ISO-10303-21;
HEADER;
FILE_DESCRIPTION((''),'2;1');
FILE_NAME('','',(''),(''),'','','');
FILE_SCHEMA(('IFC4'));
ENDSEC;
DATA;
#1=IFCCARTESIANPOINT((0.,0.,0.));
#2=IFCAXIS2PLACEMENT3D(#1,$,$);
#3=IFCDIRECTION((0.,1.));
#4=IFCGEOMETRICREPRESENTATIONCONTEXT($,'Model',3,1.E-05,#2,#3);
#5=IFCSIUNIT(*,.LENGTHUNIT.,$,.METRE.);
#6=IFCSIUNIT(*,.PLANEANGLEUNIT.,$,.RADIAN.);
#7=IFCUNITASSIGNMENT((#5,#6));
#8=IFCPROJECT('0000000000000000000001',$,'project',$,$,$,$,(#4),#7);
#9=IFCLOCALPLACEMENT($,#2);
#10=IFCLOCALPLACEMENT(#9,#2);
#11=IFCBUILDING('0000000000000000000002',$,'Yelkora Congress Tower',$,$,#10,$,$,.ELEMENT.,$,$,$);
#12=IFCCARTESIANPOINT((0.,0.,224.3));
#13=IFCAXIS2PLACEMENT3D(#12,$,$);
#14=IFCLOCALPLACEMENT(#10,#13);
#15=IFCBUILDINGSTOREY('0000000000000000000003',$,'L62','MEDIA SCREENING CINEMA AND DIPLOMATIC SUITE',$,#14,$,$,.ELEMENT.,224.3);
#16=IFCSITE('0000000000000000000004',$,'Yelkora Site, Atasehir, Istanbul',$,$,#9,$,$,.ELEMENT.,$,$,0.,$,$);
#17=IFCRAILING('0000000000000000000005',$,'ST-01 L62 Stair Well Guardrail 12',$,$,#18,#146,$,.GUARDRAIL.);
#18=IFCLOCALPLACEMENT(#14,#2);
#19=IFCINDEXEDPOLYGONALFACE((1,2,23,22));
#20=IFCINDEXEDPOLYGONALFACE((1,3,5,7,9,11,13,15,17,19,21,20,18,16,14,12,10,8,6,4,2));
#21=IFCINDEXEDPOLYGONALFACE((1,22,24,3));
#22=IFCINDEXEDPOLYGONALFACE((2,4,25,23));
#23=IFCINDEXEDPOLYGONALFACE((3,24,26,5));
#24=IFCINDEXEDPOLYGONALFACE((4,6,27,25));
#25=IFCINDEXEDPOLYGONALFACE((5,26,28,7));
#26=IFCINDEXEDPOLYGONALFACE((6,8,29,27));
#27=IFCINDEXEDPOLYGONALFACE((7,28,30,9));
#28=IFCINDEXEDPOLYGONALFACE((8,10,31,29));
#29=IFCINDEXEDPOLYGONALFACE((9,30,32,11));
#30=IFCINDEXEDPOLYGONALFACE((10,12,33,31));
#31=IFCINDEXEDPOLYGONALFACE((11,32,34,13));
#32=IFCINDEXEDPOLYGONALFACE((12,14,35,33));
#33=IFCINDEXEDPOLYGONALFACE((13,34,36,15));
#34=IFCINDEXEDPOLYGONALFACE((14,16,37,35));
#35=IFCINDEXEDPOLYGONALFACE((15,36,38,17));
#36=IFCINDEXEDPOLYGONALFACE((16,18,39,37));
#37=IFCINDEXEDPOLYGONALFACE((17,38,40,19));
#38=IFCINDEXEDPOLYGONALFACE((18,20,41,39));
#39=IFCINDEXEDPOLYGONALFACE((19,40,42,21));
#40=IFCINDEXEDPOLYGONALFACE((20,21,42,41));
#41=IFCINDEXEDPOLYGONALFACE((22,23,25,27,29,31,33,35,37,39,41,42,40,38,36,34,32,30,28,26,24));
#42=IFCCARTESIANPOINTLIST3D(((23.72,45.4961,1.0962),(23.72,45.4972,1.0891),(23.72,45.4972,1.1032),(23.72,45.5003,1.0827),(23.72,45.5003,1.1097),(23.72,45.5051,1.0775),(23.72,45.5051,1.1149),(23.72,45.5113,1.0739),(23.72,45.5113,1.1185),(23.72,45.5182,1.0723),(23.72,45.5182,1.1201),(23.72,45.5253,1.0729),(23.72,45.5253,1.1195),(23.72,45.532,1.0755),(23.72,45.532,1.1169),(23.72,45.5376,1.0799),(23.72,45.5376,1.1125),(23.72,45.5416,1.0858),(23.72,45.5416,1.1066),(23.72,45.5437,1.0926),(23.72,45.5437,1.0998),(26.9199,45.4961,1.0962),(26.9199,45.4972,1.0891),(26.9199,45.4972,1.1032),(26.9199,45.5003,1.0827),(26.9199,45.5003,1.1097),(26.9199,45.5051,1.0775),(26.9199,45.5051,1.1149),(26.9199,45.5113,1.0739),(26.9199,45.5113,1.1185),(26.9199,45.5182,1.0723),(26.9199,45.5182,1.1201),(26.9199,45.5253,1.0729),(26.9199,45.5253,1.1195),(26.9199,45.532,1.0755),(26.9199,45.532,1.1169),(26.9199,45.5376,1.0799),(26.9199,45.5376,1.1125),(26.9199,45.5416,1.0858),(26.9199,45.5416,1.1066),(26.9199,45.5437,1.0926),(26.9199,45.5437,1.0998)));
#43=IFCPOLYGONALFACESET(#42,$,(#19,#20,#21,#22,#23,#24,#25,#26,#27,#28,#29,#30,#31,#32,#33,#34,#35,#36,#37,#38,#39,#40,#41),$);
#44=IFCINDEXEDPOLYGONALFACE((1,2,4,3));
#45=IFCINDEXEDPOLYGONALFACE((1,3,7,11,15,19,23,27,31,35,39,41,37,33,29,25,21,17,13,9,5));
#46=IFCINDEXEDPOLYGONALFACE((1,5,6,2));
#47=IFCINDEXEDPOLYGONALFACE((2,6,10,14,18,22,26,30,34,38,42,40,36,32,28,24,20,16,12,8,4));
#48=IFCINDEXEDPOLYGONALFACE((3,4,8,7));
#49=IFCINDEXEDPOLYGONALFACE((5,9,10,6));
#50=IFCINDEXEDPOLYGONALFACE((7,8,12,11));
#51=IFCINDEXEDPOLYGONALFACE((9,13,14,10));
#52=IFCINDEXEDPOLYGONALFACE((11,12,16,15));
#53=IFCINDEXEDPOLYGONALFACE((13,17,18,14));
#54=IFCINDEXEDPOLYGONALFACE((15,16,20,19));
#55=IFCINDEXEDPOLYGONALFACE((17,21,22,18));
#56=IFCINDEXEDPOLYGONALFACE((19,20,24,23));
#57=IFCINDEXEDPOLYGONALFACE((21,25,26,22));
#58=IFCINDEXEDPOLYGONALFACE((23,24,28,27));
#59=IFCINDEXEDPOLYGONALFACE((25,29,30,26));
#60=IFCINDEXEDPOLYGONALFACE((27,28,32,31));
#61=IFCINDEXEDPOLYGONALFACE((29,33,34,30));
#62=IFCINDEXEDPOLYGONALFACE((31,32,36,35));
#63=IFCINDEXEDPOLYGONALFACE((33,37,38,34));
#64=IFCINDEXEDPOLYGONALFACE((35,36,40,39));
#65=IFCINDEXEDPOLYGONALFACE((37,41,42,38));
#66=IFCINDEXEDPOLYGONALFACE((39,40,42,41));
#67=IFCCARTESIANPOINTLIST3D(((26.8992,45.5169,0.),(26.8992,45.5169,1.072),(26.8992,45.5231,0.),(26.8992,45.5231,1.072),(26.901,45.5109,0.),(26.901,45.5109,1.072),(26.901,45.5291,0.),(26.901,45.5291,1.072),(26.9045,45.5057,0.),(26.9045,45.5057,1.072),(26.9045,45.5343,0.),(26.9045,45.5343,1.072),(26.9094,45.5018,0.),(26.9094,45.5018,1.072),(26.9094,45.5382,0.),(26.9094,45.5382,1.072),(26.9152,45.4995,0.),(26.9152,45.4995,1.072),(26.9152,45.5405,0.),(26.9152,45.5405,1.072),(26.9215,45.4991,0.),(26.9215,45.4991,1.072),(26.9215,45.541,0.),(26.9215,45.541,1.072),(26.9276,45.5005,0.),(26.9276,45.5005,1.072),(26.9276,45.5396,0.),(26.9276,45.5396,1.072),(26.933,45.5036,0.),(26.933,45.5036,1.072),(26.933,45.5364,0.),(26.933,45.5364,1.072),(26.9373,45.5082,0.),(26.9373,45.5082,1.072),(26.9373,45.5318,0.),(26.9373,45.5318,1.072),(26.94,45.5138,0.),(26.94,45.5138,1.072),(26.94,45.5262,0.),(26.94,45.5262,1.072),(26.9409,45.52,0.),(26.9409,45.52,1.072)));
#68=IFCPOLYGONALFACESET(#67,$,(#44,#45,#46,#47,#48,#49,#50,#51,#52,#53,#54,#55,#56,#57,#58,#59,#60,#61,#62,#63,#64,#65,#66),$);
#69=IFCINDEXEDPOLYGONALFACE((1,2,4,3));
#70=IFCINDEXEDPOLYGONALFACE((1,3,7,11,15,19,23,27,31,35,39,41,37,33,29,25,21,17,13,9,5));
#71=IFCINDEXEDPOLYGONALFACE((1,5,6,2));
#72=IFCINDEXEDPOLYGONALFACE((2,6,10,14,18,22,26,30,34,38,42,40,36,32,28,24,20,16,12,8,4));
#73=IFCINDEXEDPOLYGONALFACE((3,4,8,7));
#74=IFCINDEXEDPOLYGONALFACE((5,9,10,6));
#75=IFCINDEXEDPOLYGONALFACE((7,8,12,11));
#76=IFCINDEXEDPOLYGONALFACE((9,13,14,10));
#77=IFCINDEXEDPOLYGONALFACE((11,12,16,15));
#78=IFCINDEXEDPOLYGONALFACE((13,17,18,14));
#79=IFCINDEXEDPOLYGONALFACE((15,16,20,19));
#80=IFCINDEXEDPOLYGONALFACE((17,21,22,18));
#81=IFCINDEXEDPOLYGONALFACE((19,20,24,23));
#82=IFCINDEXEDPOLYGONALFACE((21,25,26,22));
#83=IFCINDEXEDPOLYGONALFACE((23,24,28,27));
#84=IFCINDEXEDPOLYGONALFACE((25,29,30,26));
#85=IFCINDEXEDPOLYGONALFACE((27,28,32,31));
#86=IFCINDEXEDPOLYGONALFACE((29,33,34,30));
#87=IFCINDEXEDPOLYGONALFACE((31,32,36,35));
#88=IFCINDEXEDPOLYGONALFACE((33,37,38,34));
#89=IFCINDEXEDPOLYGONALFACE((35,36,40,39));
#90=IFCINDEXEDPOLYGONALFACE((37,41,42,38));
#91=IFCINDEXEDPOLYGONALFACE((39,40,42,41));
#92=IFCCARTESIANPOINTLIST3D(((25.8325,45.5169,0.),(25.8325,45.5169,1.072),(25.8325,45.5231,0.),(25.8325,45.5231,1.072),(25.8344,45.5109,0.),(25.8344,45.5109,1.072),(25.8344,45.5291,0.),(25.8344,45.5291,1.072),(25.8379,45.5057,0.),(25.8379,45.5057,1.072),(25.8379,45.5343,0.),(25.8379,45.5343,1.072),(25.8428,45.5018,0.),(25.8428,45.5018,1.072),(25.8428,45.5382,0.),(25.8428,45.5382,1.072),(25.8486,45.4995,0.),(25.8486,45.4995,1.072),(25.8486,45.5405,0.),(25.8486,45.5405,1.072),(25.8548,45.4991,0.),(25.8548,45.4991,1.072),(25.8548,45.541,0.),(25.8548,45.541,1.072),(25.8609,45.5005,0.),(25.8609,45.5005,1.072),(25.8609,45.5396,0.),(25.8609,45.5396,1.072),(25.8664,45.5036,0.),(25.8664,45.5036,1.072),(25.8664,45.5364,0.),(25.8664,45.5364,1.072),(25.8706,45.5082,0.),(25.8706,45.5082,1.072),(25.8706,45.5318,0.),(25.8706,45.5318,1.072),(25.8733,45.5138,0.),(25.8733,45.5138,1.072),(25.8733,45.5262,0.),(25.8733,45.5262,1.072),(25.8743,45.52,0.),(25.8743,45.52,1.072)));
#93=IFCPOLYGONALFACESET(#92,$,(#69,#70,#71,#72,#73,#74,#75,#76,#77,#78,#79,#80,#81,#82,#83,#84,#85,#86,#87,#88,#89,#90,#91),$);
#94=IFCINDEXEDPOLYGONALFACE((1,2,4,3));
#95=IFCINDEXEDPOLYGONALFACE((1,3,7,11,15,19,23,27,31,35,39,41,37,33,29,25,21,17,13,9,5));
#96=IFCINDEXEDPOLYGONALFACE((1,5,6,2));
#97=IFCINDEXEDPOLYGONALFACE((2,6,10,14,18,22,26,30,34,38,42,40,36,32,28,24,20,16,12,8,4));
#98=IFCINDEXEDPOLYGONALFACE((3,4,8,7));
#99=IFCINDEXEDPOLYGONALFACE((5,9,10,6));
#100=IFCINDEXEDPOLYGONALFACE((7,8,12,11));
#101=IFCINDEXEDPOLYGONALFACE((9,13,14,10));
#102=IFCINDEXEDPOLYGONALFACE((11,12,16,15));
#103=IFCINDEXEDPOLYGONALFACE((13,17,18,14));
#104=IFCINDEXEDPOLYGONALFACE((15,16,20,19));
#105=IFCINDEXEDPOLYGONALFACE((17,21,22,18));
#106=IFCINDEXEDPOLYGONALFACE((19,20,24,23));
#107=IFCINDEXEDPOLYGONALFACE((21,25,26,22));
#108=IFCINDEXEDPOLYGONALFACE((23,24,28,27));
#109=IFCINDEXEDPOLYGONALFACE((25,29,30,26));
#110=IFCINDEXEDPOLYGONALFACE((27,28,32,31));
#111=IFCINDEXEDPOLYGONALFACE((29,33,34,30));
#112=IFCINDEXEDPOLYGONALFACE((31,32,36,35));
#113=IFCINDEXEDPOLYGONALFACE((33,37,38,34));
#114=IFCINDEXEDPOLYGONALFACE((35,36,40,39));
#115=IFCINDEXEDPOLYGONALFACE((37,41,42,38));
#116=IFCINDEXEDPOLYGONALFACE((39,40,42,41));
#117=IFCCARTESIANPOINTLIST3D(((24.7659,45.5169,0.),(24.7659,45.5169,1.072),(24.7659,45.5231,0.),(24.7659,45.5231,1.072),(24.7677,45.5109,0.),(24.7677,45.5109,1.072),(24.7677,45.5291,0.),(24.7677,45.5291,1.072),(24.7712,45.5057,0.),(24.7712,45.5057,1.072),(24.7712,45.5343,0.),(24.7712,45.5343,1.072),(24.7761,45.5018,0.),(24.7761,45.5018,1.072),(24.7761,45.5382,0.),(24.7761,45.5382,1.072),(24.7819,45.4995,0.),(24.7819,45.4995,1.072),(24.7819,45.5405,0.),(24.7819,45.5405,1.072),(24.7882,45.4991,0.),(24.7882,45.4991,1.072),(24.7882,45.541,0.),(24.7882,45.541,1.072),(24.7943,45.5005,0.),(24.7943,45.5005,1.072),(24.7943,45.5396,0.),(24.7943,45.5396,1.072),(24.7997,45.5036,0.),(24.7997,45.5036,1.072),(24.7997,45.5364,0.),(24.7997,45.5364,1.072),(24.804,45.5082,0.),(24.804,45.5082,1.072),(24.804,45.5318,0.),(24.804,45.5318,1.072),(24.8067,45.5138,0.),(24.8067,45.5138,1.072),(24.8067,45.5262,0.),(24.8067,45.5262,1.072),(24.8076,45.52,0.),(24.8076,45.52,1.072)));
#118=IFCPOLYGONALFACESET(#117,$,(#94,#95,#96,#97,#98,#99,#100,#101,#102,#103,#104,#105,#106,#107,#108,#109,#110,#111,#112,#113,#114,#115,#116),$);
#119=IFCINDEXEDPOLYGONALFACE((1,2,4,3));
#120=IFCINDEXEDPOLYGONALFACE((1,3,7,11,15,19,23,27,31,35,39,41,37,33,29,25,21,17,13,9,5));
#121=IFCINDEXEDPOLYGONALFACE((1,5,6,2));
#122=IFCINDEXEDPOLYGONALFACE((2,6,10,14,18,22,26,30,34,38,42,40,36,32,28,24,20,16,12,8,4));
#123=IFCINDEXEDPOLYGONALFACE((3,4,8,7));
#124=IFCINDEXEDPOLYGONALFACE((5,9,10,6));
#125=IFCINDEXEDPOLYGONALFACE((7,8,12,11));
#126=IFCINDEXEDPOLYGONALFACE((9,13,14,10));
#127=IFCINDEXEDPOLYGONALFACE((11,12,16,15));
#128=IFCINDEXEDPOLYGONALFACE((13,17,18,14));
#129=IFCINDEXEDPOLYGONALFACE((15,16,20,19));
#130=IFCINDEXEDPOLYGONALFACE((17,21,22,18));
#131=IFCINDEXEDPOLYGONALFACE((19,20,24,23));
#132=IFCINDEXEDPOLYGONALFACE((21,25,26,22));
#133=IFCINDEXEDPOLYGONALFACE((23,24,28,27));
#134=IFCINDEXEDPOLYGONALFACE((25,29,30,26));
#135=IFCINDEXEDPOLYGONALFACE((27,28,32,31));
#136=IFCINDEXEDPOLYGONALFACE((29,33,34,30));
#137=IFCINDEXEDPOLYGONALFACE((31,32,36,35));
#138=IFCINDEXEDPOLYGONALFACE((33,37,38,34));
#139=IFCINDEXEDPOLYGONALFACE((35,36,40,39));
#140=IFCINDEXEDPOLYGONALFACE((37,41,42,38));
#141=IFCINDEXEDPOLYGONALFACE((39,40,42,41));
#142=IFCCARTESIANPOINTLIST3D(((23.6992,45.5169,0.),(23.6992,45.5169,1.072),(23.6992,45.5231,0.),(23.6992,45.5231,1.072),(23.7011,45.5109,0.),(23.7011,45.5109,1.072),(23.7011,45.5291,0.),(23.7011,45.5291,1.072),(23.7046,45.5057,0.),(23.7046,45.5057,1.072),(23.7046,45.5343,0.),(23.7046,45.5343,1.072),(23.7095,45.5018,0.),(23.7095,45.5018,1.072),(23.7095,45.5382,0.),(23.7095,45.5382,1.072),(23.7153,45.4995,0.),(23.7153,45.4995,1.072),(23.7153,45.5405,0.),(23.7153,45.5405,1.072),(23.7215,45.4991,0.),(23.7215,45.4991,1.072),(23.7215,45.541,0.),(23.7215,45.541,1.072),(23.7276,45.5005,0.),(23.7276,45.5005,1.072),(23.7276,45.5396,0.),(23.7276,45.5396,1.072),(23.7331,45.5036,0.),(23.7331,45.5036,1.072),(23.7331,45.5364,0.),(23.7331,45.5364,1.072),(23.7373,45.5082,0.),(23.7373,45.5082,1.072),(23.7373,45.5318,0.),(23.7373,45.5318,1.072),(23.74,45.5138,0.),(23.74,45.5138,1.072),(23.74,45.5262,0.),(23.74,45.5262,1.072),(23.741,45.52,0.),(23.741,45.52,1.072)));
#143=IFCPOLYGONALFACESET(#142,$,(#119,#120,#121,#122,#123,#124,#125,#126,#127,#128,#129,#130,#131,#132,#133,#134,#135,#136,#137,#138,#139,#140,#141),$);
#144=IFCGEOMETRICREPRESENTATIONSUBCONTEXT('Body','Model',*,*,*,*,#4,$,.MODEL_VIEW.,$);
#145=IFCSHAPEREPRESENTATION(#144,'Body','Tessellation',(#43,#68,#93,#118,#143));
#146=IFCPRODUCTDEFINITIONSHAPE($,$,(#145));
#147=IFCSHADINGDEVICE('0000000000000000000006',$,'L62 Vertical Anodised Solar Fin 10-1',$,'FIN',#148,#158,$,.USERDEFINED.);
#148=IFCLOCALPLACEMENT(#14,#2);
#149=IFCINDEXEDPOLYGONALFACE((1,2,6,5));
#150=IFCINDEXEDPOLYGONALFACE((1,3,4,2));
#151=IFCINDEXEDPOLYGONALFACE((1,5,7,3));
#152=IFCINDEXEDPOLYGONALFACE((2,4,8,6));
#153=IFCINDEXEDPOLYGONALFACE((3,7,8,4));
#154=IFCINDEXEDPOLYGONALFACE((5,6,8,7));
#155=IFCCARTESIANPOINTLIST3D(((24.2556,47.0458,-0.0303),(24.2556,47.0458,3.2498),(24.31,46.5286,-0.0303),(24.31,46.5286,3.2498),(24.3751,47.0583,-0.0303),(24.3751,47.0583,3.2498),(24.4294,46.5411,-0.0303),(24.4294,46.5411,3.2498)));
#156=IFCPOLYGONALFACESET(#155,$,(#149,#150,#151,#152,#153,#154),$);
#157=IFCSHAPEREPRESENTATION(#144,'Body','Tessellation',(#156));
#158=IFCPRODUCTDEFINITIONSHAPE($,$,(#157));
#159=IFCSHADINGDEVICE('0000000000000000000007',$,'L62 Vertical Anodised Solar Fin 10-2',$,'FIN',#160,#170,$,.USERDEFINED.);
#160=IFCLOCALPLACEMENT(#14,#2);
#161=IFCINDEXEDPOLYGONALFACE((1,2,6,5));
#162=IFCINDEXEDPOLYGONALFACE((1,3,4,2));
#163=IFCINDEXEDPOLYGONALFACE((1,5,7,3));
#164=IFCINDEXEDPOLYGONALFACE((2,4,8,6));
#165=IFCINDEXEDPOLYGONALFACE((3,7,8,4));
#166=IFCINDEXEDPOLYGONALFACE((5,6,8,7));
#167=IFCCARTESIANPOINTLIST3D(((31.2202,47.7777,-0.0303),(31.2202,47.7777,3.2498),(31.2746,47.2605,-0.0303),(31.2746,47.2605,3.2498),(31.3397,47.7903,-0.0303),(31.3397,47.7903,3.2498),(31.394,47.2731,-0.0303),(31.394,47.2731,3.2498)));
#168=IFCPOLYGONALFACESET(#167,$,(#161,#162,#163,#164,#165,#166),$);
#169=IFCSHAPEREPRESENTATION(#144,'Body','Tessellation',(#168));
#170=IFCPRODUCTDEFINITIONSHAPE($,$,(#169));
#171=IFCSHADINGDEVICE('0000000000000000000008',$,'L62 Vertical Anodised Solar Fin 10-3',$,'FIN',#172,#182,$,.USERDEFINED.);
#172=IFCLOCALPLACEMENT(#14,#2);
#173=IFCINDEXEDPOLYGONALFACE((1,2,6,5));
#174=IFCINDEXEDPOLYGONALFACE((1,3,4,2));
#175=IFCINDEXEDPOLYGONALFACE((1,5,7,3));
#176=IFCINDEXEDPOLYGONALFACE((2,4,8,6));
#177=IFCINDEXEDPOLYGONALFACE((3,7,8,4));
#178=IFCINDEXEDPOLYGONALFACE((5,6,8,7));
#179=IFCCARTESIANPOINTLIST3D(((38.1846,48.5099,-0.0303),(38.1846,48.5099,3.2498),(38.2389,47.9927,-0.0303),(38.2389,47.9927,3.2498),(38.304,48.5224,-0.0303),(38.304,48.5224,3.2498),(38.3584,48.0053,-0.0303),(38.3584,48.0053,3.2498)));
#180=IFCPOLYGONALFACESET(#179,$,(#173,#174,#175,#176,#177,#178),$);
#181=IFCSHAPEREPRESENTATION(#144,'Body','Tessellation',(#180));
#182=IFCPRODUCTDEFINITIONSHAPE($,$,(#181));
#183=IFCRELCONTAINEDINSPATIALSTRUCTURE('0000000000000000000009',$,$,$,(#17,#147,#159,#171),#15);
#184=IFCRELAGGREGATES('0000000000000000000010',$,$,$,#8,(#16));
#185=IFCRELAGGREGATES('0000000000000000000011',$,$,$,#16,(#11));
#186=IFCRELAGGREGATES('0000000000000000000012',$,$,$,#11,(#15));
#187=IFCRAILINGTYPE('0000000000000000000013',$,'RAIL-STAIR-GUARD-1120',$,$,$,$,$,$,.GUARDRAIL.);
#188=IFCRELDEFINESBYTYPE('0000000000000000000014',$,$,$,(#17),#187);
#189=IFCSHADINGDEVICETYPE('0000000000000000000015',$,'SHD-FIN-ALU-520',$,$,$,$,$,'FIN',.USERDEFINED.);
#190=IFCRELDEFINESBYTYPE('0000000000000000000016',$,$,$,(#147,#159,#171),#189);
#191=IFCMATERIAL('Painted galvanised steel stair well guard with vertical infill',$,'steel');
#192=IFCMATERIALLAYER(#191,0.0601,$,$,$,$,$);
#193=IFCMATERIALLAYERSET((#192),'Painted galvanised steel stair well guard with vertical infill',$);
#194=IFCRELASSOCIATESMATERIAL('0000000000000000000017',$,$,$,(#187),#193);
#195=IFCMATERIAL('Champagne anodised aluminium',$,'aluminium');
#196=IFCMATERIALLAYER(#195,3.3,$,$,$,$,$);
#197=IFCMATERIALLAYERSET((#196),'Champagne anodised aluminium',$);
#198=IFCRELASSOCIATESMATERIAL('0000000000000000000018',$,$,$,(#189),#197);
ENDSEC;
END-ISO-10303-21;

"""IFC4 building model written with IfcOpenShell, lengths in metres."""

from ifc_helpers import new_model, si_unit, direction, frame, origin, origin_2d, place, context, subcontext, project, spatial, rectangle, circle, extrude, material, layer, layer_set, type_object, element, save


model = new_model("IFC4")

# Units and contexts
model_context = context("Model", 3, precision=1e-05, world=origin(), true_north=direction((0.0, 1.0)))
body_context = subcontext(model_context, "Body", "Model", "MODEL_VIEW")
ifc_project = project(units=[si_unit("LENGTHUNIT", "METRE"), si_unit("PLANEANGLEUNIT", "RADIAN")], contexts=[model_context])

# Site, building, storey
site_placement = place(None, origin())
site = spatial("IfcSite", under=ifc_project, at=site_placement, Name="Yelkora Site, Atasehir, Istanbul", CompositionType="ELEMENT", RefElevation=0.0)
building_placement = place(site_placement, origin())
building = spatial("IfcBuilding", under=site, at=building_placement, Name="Yelkora Congress Tower", CompositionType="ELEMENT")
storey_placement = place(building_placement, frame((0.0, 0.0, 224.3)))
storey = spatial("IfcBuildingStorey", under=building, at=storey_placement, Name="L62", Description="MEDIA SCREENING CINEMA AND DIPLOMATIC SUITE", CompositionType="ELEMENT", Elevation=224.3)

# Railing
ifc_material_1 = material(Name="Painted galvanised steel stair well guard with vertical infill", Category="steel")
ifc_layer_1 = layer(ifc_material_1, 0.0601)
ifc_layer_set_1 = layer_set([ifc_layer_1], Name="Painted galvanised steel stair well guard with vertical infill")
railing_type = type_object("IfcRailingType", Name="RAIL-STAIR-GUARD-1120", PredefinedType="GUARDRAIL", material=ifc_layer_set_1)
railing_1_placement = place(storey_placement, frame((26.9199, 45.52, 0.0)))
element("IfcRailing", 1, at=railing_1_placement, inside=storey, type_object=railing_type, Name="ST-01 L62 Stair Well Guardrail 12", PredefinedType="GUARDRAIL", context=body_context, shape_type="SweptSolid", body=[
    extrude(circle(Radius=0.0239, at=origin_2d()), frame((0.0, 0.0, 1.0962), z_axis=(-1.0, 0.0, 0.0), x_axis=(0.0, -1.0, 0.0)), (0.0, 0.0, 1.0), 3.2),
    extrude(circle(Radius=0.021, at=origin_2d()), origin(), (0.0, 0.0, 1.0), 1.072),
    extrude(circle(Radius=0.021, at=origin_2d()), frame((-1.0667, 0.0, 0.0)), (0.0, 0.0, 1.0), 1.072),
    extrude(circle(Radius=0.021, at=origin_2d()), frame((-2.1333, 0.0, 0.0)), (0.0, 0.0, 1.0), 1.072),
    extrude(circle(Radius=0.021, at=origin_2d()), frame((-3.2, 0.0, 0.0)), (0.0, 0.0, 1.0), 1.072),
])

# Shading devices
ifc_material_2 = material(Name="Champagne anodised aluminium", Category="aluminium")
ifc_layer_2 = layer(ifc_material_2, 3.3)
ifc_layer_set_2 = layer_set([ifc_layer_2], Name="Champagne anodised aluminium")
shading_device_type = type_object("IfcShadingDeviceType", Name="SHD-FIN-ALU-520", ElementType="FIN", PredefinedType="USERDEFINED", material=ifc_layer_set_2)
for number, where, z_axis, x_axis, name in (
    (2, (24.3425, 46.7935, -0.0303), (0.0, 0.0, 1.0), (0.994522, 0.104528, 0.0), "L62 Vertical Anodised Solar Fin 10-1"),
    (3, (31.3071, 47.5254, -0.0303), (0.0, 0.0, 1.0), (0.994522, 0.104528, 0.0), "L62 Vertical Anodised Solar Fin 10-2"),
    (4, (38.2715, 48.2576, -0.0303), (0.0, 0.0, 1.0), (0.994522, 0.104528, 0.0), "L62 Vertical Anodised Solar Fin 10-3"),
):
    element("IfcShadingDevice", number, at=place(storey_placement, frame(where, z_axis=z_axis, x_axis=x_axis)), inside=storey, type_object=shading_device_type, Name=name, ObjectType="FIN", PredefinedType="USERDEFINED", context=body_context, shape_type="SweptSolid", body=[
        extrude(rectangle(XDim=0.1201, YDim=0.52, at=origin_2d()), origin(), (0.0, 0.0, 1.0), 3.28),
    ])

save(model, "model.ifc")
